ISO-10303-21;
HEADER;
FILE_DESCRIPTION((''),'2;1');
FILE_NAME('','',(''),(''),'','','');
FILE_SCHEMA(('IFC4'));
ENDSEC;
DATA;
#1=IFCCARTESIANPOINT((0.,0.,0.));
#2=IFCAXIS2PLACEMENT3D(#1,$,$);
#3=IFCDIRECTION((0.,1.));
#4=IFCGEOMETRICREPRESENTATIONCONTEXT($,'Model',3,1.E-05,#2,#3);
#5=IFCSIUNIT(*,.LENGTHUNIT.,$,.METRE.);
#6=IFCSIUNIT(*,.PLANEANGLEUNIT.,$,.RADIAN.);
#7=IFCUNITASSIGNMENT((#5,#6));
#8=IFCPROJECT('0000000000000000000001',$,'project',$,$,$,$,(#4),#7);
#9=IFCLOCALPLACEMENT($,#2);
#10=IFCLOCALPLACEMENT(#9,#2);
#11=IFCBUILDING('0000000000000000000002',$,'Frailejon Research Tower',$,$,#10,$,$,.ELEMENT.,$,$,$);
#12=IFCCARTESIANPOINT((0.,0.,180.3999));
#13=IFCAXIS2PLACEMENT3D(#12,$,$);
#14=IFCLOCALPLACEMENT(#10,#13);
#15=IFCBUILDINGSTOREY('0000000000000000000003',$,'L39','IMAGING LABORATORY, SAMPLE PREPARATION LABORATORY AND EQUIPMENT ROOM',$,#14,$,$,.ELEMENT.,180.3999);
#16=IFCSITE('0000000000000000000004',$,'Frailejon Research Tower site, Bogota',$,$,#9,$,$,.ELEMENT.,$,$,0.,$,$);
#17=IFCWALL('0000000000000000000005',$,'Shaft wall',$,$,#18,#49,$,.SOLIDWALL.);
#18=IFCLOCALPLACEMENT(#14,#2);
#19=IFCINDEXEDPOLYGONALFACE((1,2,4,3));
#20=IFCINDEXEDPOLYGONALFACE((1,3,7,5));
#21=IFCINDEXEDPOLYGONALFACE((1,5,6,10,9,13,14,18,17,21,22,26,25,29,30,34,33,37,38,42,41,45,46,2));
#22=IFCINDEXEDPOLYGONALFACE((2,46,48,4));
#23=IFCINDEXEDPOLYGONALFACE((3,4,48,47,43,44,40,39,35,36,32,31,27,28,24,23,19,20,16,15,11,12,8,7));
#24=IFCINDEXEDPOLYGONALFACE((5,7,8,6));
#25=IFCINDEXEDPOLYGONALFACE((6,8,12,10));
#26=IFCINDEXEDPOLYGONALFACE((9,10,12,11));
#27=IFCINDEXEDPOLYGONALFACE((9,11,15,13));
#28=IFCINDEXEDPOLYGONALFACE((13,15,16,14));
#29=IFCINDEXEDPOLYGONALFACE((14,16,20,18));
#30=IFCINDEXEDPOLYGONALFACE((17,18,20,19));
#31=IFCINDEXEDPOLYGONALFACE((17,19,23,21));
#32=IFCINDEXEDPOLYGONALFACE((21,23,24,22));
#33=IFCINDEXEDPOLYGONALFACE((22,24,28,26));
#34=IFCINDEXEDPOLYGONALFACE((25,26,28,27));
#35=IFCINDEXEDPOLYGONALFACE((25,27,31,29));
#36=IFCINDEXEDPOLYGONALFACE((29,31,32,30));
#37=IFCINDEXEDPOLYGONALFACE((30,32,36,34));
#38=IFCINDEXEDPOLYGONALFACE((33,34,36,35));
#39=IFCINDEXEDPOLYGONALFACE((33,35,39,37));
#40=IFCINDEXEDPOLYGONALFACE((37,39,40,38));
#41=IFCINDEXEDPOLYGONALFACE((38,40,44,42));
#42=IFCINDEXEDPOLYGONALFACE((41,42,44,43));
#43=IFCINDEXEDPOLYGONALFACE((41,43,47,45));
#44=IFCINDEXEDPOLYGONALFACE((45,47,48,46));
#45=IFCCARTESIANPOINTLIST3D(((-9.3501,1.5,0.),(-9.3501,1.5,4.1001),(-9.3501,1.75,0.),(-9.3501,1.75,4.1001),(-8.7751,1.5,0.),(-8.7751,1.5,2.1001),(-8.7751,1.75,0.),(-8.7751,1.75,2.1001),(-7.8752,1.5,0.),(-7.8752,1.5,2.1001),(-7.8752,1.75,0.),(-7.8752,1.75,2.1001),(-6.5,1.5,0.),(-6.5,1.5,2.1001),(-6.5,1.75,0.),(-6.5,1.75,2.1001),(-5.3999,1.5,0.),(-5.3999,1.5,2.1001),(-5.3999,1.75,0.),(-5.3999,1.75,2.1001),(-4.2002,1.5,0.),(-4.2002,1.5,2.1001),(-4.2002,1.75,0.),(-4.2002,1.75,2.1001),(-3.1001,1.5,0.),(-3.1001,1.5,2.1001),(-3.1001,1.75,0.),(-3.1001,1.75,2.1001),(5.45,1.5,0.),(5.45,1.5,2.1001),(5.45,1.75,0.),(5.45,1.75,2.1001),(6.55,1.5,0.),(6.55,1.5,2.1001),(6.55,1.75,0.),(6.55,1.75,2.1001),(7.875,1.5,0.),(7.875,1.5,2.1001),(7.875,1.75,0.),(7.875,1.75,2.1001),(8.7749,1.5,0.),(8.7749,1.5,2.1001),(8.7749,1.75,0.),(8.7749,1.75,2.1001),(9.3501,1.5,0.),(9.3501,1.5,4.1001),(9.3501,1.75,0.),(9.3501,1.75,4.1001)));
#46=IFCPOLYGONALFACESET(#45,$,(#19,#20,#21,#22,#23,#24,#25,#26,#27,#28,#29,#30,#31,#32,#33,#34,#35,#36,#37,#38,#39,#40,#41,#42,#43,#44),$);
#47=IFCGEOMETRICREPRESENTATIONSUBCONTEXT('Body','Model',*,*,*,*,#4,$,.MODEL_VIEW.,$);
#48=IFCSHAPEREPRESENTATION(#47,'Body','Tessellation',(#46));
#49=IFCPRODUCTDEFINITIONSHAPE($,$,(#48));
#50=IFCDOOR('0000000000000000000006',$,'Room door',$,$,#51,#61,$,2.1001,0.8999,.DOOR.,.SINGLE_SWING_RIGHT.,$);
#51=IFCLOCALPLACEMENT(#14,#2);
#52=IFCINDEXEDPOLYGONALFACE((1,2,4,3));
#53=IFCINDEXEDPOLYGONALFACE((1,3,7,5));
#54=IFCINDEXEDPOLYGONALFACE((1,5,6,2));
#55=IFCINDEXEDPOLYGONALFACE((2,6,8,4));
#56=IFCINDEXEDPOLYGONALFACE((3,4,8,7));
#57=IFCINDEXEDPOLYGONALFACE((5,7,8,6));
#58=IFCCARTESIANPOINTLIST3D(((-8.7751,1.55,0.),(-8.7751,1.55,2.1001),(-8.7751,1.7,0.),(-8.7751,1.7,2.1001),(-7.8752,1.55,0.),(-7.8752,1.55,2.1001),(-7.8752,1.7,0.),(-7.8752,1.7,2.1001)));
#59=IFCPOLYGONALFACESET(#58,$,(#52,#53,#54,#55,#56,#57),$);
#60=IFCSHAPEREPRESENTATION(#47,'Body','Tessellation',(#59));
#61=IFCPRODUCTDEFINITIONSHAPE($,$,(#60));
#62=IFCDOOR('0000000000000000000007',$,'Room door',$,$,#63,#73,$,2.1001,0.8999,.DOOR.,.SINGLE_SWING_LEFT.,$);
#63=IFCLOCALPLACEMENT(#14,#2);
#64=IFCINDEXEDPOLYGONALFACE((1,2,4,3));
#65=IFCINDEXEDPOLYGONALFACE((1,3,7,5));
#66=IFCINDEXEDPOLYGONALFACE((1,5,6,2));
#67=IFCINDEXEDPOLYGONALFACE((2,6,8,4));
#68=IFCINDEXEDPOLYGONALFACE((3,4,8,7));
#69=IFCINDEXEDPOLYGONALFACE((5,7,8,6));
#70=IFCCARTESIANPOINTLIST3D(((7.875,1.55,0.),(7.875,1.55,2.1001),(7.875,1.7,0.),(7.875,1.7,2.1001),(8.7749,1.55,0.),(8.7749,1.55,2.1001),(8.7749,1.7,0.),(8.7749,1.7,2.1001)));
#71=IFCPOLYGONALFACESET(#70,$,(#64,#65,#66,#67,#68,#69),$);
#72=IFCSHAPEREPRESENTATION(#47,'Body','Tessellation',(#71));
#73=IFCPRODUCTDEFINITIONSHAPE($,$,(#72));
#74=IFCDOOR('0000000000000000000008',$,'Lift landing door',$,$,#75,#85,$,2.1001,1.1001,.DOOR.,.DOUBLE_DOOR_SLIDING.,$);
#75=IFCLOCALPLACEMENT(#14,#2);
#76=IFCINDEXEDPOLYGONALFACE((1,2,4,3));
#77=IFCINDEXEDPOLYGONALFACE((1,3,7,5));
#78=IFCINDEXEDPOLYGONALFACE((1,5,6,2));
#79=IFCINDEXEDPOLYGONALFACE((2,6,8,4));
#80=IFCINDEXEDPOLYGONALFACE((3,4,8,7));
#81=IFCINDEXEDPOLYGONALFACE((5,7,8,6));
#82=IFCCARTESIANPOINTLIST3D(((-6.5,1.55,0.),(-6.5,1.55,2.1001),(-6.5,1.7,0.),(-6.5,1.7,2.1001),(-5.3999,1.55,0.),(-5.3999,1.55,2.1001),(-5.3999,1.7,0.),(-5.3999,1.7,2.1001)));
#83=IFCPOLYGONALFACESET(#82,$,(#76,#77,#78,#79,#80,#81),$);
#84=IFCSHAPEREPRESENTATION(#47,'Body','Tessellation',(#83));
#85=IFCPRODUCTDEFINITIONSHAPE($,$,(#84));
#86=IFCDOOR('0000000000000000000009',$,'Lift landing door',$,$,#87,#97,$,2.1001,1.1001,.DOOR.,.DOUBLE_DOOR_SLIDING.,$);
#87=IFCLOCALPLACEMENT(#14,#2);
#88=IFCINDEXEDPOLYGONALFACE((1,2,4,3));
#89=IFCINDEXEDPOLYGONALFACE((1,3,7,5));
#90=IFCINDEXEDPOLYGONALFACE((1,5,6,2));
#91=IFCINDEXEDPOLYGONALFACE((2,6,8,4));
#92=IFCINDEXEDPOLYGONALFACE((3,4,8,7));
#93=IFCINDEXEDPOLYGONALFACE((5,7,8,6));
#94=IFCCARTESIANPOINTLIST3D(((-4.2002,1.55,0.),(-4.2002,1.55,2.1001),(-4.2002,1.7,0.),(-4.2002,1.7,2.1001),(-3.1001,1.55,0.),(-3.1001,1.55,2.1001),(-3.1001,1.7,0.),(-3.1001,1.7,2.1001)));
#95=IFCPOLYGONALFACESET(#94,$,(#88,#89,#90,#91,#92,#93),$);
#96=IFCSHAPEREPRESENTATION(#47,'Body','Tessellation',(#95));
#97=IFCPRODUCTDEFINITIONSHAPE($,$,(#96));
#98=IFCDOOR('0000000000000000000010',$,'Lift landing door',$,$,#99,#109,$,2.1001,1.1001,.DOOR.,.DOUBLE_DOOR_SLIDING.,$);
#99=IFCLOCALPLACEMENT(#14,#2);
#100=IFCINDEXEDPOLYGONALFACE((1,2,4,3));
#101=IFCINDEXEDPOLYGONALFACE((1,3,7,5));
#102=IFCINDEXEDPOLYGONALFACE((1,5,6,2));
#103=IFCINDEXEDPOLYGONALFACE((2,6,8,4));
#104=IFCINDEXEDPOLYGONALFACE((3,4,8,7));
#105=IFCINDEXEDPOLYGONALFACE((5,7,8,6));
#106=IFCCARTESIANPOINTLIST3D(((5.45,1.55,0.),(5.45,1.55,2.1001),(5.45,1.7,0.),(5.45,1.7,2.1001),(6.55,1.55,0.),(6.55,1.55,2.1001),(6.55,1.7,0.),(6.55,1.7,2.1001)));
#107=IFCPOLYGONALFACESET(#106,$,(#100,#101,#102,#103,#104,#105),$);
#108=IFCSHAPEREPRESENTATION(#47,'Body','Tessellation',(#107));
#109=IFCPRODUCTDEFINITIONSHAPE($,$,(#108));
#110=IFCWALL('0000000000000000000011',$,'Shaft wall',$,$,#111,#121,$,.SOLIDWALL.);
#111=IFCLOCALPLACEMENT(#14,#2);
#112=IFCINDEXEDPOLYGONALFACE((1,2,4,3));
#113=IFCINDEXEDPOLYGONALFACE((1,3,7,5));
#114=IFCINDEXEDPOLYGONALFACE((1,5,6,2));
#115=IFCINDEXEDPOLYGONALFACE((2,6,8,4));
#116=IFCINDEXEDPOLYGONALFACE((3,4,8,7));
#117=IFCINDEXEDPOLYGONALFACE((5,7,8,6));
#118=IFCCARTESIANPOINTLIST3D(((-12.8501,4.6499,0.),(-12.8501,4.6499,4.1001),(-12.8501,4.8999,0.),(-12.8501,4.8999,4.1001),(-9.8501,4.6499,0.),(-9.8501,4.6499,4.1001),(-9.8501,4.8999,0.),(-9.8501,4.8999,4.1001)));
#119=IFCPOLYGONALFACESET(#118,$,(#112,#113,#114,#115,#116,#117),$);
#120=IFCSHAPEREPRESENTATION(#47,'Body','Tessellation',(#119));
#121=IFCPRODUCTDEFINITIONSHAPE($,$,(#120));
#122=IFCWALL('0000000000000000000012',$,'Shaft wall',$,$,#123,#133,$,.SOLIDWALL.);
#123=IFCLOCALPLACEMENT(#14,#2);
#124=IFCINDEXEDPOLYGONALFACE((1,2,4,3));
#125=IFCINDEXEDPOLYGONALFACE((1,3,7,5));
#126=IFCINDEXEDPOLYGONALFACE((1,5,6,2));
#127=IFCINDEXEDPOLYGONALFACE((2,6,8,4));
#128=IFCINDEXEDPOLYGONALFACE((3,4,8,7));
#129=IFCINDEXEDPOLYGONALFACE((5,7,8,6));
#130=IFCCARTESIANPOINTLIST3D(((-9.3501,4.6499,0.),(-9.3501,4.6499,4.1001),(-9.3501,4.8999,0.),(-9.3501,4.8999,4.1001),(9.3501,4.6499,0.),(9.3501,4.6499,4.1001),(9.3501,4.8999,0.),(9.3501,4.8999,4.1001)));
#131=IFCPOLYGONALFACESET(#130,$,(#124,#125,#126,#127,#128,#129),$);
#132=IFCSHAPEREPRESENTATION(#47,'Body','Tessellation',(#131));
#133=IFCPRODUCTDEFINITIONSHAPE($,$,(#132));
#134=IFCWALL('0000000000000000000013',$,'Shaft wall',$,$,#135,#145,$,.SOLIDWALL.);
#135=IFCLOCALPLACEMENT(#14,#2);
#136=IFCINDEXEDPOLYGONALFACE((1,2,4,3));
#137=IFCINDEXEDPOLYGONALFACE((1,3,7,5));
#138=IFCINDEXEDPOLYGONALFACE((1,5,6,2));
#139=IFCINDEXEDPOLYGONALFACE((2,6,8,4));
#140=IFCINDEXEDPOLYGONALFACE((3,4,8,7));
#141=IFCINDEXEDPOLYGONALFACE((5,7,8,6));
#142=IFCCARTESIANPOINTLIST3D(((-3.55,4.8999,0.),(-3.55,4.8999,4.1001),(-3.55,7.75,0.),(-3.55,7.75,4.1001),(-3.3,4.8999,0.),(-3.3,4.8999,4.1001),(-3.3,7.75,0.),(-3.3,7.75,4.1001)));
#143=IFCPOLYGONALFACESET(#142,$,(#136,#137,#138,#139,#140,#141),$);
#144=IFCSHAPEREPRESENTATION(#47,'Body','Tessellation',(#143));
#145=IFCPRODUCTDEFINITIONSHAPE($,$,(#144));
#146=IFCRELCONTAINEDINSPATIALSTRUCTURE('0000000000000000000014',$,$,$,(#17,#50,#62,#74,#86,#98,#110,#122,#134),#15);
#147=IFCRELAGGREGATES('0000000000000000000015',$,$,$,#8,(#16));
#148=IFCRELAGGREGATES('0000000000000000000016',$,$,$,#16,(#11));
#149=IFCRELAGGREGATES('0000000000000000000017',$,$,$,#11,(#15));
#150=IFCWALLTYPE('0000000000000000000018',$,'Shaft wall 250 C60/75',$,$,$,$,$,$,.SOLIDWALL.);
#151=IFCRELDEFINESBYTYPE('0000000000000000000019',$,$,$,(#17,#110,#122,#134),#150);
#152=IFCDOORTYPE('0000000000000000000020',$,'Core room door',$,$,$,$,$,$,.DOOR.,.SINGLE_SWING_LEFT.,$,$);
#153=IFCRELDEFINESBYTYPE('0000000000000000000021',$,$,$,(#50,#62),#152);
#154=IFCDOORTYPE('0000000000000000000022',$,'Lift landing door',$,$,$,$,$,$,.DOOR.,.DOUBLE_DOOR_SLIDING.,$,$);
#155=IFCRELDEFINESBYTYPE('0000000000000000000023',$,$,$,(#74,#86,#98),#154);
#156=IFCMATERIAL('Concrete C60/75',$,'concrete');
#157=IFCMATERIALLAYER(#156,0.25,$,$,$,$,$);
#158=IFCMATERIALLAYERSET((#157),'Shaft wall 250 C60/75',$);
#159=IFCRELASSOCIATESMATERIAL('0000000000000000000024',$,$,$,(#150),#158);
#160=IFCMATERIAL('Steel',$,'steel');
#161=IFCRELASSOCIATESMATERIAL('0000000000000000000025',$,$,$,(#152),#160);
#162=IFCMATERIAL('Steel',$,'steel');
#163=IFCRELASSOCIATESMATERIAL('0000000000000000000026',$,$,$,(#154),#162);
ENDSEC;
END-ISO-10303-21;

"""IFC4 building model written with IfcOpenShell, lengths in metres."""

from ifc_helpers import new_model, si_unit, direction, frame, frame_2d, origin, place, context, subcontext, project, spatial, rectangle, extrude, material, layer, layer_set, type_object, element, fill, save


model = new_model("IFC4")

# Units and contexts
model_context = context("Model", 3, precision=1e-05, world=origin(), true_north=direction((0.0, 1.0)))
body_context = subcontext(model_context, "Body", "Model", "MODEL_VIEW")
ifc_project = project(units=[si_unit("LENGTHUNIT", "METRE"), si_unit("PLANEANGLEUNIT", "RADIAN")], contexts=[model_context])

# Site, building, storey
site_placement = place(None, origin())
site = spatial("IfcSite", under=ifc_project, at=site_placement, Name="Frailejon Research Tower site, Bogota", CompositionType="ELEMENT", RefElevation=0.0)
building_placement = place(site_placement, origin())
building = spatial("IfcBuilding", under=site, at=building_placement, Name="Frailejon Research Tower", CompositionType="ELEMENT")
storey_placement = place(building_placement, frame((0.0, 0.0, 180.3999)))
storey = spatial("IfcBuildingStorey", under=building, at=storey_placement, Name="L39", Description="IMAGING LABORATORY, SAMPLE PREPARATION LABORATORY AND EQUIPMENT ROOM", CompositionType="ELEMENT", Elevation=180.3999)

# Shared definitions
ifc_material_1 = material(Name="Concrete C60/75", Category="concrete")
ifc_layer_1 = layer(ifc_material_1, 0.25)
ifc_layer_set_1 = layer_set([ifc_layer_1], Name="Shaft wall 250 C60/75")
wall_type_1 = type_object("IfcWallType", Name="Shaft wall 250 C60/75", PredefinedType="SOLIDWALL", material=ifc_layer_set_1)
ifc_material_2 = material(Name="Steel", Category="steel")
door_type_1 = type_object("IfcDoorType", Name="Core room door", OperationType="SINGLE_SWING_LEFT", PredefinedType="DOOR", material=ifc_material_2)

# Wall, openings, doors
wall_1_placement = place(storey_placement, frame((-9.3501, 1.625, 0.0), z_axis=(0.0, 0.0, 1.0), x_axis=(1.0, 0.0, 0.0)))
wall_1 = element("IfcWall", 1, at=wall_1_placement, inside=storey, type_object=wall_type_1, Name="Shaft wall", PredefinedType="SOLIDWALL", context=body_context, shape_type="SweptSolid", body=[
    extrude(rectangle(XDim=18.7002, YDim=0.25, at=frame_2d((9.3501, 0.0))), origin(), (0.0, 0.0, 1.0), 4.1001),
])
opening_1_placement = place(wall_1_placement, frame((2.8501, 0.0, 0.0)))
opening_1 = element("IfcOpeningElement", 2, at=opening_1_placement, cuts=wall_1, PredefinedType="OPENING", context=body_context, shape_type="SweptSolid", body=[
    extrude(rectangle(XDim=1.1001, YDim=2.1001, at=frame_2d((0.55, 1.05))), frame((0.0, 0.135, 0.0), z_axis=(0.0, -1.0, 0.0), x_axis=(1.0, 0.0, 0.0)), (0.0, 0.0, 1.0), 0.27),
])
opening_2_placement = place(wall_1_placement, frame((5.1499, 0.0, 0.0)))
opening_2 = element("IfcOpeningElement", 3, at=opening_2_placement, cuts=wall_1, PredefinedType="OPENING", context=body_context, shape_type="SweptSolid", body=[
    extrude(rectangle(XDim=1.1001, YDim=2.1001, at=frame_2d((0.55, 1.05))), frame((0.0, 0.135, 0.0), z_axis=(0.0, -1.0, 0.0), x_axis=(1.0, 0.0, 0.0)), (0.0, 0.0, 1.0), 0.27),
])
opening_3_placement = place(wall_1_placement, frame((14.8, 0.0, 0.0)))
opening_3 = element("IfcOpeningElement", 4, at=opening_3_placement, cuts=wall_1, PredefinedType="OPENING", context=body_context, shape_type="SweptSolid", body=[
    extrude(rectangle(XDim=1.1001, YDim=2.1001, at=frame_2d((0.55, 1.05))), frame((0.0, 0.135, 0.0), z_axis=(0.0, -1.0, 0.0), x_axis=(1.0, 0.0, 0.0)), (0.0, 0.0, 1.0), 0.27),
])
opening_4_placement = place(wall_1_placement, frame((0.575, 0.0, 0.0)))
opening_4 = element("IfcOpeningElement", 5, at=opening_4_placement, cuts=wall_1, PredefinedType="OPENING", context=body_context, shape_type="SweptSolid", body=[
    extrude(rectangle(XDim=0.8999, YDim=2.1001, at=frame_2d((0.45, 1.05))), frame((0.0, 0.135, 0.0), z_axis=(0.0, -1.0, 0.0), x_axis=(1.0, 0.0, 0.0)), (0.0, 0.0, 1.0), 0.27),
])
opening_5_placement = place(wall_1_placement, frame((17.2251, 0.0, 0.0)))
opening_5 = element("IfcOpeningElement", 6, at=opening_5_placement, cuts=wall_1, PredefinedType="OPENING", context=body_context, shape_type="SweptSolid", body=[
    extrude(rectangle(XDim=0.8999, YDim=2.1001, at=frame_2d((0.45, 1.05))), frame((0.0, 0.135, 0.0), z_axis=(0.0, -1.0, 0.0), x_axis=(1.0, 0.0, 0.0)), (0.0, 0.0, 1.0), 0.27),
])
door_1_placement = place(opening_4_placement, origin())
door_1 = element("IfcDoor", 7, at=door_1_placement, inside=storey, type_object=door_type_1, Name="Room door", OperationType="SINGLE_SWING_RIGHT", OverallHeight=2.1001, OverallWidth=0.8999, PredefinedType="DOOR", context=body_context, shape_type="SweptSolid", body=[
    extrude(rectangle(XDim=0.8999, YDim=2.1001, at=frame_2d((0.45, 1.05))), frame((0.0, 0.075, 0.0), z_axis=(0.0, -1.0, 0.0), x_axis=(1.0, 0.0, 0.0)), (0.0, 0.0, 1.0), 0.1499),
])
fill(opening_4, door_1)
door_2_placement = place(opening_5_placement, origin())
door_2 = element("IfcDoor", 8, at=door_2_placement, inside=storey, type_object=door_type_1, Name="Room door", OperationType="SINGLE_SWING_LEFT", OverallHeight=2.1001, OverallWidth=0.8999, PredefinedType="DOOR", context=body_context, shape_type="SweptSolid", body=[
    extrude(rectangle(XDim=0.8999, YDim=2.1001, at=frame_2d((0.45, 1.05))), frame((0.0, 0.075, 0.0), z_axis=(0.0, -1.0, 0.0), x_axis=(1.0, 0.0, 0.0)), (0.0, 0.0, 1.0), 0.1499),
])
fill(opening_5, door_2)
ifc_material_3 = material(Name="Steel", Category="steel")
door_type_2 = type_object("IfcDoorType", Name="Lift landing door", OperationType="DOUBLE_DOOR_SLIDING", PredefinedType="DOOR", material=ifc_material_3)
door_3_placement = place(opening_1_placement, origin())
door_3 = element("IfcDoor", 9, at=door_3_placement, inside=storey, type_object=door_type_2, Name="Lift landing door", OperationType="DOUBLE_DOOR_SLIDING", OverallHeight=2.1001, OverallWidth=1.1001, PredefinedType="DOOR", context=body_context, shape_type="SweptSolid", body=[
    extrude(rectangle(XDim=1.1001, YDim=2.1001, at=frame_2d((0.55, 1.05))), frame((0.0, 0.075, 0.0), z_axis=(0.0, -1.0, 0.0), x_axis=(1.0, 0.0, 0.0)), (0.0, 0.0, 1.0), 0.1499),
])
fill(opening_1, door_3)
door_4_placement = place(opening_2_placement, origin())
door_4 = element("IfcDoor", 10, at=door_4_placement, inside=storey, type_object=door_type_2, Name="Lift landing door", OperationType="DOUBLE_DOOR_SLIDING", OverallHeight=2.1001, OverallWidth=1.1001, PredefinedType="DOOR", context=body_context, shape_type="SweptSolid", body=[
    extrude(rectangle(XDim=1.1001, YDim=2.1001, at=frame_2d((0.55, 1.05))), frame((0.0, 0.075, 0.0), z_axis=(0.0, -1.0, 0.0), x_axis=(1.0, 0.0, 0.0)), (0.0, 0.0, 1.0), 0.1499),
])
fill(opening_2, door_4)
door_5_placement = place(opening_3_placement, origin())
door_5 = element("IfcDoor", 11, at=door_5_placement, inside=storey, type_object=door_type_2, Name="Lift landing door", OperationType="DOUBLE_DOOR_SLIDING", OverallHeight=2.1001, OverallWidth=1.1001, PredefinedType="DOOR", context=body_context, shape_type="SweptSolid", body=[
    extrude(rectangle(XDim=1.1001, YDim=2.1001, at=frame_2d((0.55, 1.05))), frame((0.0, 0.075, 0.0), z_axis=(0.0, -1.0, 0.0), x_axis=(1.0, 0.0, 0.0)), (0.0, 0.0, 1.0), 0.1499),
])
fill(opening_3, door_5)

# Walls
wall_2_placement = place(storey_placement, frame((-12.8501, 4.7749, 0.0), z_axis=(0.0, 0.0, 1.0), x_axis=(1.0, 0.0, 0.0)))
element("IfcWall", 12, at=wall_2_placement, inside=storey, type_object=wall_type_1, Name="Shaft wall", PredefinedType="SOLIDWALL", context=body_context, shape_type="SweptSolid", body=[
    extrude(rectangle(XDim=3.0, YDim=0.25, at=frame_2d((1.5, 0.0))), origin(), (0.0, 0.0, 1.0), 4.1001),
])
wall_3_placement = place(storey_placement, frame((-9.3501, 4.7749, 0.0), z_axis=(0.0, 0.0, 1.0), x_axis=(1.0, 0.0, 0.0)))
element("IfcWall", 13, at=wall_3_placement, inside=storey, type_object=wall_type_1, Name="Shaft wall", PredefinedType="SOLIDWALL", context=body_context, shape_type="SweptSolid", body=[
    extrude(rectangle(XDim=18.7002, YDim=0.25, at=frame_2d((9.3501, 0.0))), origin(), (0.0, 0.0, 1.0), 4.1001),
])
wall_4_placement = place(storey_placement, frame((-3.425, 4.8999, 0.0), z_axis=(0.0, 0.0, 1.0), x_axis=(0.0, 1.0, 0.0)))
element("IfcWall", 14, at=wall_4_placement, inside=storey, type_object=wall_type_1, Name="Shaft wall", PredefinedType="SOLIDWALL", context=body_context, shape_type="SweptSolid", body=[
    extrude(rectangle(XDim=2.8501, YDim=0.25, at=frame_2d((1.425, 0.0))), origin(), (0.0, 0.0, 1.0), 4.1001),
])

save(model, "model.ifc")
